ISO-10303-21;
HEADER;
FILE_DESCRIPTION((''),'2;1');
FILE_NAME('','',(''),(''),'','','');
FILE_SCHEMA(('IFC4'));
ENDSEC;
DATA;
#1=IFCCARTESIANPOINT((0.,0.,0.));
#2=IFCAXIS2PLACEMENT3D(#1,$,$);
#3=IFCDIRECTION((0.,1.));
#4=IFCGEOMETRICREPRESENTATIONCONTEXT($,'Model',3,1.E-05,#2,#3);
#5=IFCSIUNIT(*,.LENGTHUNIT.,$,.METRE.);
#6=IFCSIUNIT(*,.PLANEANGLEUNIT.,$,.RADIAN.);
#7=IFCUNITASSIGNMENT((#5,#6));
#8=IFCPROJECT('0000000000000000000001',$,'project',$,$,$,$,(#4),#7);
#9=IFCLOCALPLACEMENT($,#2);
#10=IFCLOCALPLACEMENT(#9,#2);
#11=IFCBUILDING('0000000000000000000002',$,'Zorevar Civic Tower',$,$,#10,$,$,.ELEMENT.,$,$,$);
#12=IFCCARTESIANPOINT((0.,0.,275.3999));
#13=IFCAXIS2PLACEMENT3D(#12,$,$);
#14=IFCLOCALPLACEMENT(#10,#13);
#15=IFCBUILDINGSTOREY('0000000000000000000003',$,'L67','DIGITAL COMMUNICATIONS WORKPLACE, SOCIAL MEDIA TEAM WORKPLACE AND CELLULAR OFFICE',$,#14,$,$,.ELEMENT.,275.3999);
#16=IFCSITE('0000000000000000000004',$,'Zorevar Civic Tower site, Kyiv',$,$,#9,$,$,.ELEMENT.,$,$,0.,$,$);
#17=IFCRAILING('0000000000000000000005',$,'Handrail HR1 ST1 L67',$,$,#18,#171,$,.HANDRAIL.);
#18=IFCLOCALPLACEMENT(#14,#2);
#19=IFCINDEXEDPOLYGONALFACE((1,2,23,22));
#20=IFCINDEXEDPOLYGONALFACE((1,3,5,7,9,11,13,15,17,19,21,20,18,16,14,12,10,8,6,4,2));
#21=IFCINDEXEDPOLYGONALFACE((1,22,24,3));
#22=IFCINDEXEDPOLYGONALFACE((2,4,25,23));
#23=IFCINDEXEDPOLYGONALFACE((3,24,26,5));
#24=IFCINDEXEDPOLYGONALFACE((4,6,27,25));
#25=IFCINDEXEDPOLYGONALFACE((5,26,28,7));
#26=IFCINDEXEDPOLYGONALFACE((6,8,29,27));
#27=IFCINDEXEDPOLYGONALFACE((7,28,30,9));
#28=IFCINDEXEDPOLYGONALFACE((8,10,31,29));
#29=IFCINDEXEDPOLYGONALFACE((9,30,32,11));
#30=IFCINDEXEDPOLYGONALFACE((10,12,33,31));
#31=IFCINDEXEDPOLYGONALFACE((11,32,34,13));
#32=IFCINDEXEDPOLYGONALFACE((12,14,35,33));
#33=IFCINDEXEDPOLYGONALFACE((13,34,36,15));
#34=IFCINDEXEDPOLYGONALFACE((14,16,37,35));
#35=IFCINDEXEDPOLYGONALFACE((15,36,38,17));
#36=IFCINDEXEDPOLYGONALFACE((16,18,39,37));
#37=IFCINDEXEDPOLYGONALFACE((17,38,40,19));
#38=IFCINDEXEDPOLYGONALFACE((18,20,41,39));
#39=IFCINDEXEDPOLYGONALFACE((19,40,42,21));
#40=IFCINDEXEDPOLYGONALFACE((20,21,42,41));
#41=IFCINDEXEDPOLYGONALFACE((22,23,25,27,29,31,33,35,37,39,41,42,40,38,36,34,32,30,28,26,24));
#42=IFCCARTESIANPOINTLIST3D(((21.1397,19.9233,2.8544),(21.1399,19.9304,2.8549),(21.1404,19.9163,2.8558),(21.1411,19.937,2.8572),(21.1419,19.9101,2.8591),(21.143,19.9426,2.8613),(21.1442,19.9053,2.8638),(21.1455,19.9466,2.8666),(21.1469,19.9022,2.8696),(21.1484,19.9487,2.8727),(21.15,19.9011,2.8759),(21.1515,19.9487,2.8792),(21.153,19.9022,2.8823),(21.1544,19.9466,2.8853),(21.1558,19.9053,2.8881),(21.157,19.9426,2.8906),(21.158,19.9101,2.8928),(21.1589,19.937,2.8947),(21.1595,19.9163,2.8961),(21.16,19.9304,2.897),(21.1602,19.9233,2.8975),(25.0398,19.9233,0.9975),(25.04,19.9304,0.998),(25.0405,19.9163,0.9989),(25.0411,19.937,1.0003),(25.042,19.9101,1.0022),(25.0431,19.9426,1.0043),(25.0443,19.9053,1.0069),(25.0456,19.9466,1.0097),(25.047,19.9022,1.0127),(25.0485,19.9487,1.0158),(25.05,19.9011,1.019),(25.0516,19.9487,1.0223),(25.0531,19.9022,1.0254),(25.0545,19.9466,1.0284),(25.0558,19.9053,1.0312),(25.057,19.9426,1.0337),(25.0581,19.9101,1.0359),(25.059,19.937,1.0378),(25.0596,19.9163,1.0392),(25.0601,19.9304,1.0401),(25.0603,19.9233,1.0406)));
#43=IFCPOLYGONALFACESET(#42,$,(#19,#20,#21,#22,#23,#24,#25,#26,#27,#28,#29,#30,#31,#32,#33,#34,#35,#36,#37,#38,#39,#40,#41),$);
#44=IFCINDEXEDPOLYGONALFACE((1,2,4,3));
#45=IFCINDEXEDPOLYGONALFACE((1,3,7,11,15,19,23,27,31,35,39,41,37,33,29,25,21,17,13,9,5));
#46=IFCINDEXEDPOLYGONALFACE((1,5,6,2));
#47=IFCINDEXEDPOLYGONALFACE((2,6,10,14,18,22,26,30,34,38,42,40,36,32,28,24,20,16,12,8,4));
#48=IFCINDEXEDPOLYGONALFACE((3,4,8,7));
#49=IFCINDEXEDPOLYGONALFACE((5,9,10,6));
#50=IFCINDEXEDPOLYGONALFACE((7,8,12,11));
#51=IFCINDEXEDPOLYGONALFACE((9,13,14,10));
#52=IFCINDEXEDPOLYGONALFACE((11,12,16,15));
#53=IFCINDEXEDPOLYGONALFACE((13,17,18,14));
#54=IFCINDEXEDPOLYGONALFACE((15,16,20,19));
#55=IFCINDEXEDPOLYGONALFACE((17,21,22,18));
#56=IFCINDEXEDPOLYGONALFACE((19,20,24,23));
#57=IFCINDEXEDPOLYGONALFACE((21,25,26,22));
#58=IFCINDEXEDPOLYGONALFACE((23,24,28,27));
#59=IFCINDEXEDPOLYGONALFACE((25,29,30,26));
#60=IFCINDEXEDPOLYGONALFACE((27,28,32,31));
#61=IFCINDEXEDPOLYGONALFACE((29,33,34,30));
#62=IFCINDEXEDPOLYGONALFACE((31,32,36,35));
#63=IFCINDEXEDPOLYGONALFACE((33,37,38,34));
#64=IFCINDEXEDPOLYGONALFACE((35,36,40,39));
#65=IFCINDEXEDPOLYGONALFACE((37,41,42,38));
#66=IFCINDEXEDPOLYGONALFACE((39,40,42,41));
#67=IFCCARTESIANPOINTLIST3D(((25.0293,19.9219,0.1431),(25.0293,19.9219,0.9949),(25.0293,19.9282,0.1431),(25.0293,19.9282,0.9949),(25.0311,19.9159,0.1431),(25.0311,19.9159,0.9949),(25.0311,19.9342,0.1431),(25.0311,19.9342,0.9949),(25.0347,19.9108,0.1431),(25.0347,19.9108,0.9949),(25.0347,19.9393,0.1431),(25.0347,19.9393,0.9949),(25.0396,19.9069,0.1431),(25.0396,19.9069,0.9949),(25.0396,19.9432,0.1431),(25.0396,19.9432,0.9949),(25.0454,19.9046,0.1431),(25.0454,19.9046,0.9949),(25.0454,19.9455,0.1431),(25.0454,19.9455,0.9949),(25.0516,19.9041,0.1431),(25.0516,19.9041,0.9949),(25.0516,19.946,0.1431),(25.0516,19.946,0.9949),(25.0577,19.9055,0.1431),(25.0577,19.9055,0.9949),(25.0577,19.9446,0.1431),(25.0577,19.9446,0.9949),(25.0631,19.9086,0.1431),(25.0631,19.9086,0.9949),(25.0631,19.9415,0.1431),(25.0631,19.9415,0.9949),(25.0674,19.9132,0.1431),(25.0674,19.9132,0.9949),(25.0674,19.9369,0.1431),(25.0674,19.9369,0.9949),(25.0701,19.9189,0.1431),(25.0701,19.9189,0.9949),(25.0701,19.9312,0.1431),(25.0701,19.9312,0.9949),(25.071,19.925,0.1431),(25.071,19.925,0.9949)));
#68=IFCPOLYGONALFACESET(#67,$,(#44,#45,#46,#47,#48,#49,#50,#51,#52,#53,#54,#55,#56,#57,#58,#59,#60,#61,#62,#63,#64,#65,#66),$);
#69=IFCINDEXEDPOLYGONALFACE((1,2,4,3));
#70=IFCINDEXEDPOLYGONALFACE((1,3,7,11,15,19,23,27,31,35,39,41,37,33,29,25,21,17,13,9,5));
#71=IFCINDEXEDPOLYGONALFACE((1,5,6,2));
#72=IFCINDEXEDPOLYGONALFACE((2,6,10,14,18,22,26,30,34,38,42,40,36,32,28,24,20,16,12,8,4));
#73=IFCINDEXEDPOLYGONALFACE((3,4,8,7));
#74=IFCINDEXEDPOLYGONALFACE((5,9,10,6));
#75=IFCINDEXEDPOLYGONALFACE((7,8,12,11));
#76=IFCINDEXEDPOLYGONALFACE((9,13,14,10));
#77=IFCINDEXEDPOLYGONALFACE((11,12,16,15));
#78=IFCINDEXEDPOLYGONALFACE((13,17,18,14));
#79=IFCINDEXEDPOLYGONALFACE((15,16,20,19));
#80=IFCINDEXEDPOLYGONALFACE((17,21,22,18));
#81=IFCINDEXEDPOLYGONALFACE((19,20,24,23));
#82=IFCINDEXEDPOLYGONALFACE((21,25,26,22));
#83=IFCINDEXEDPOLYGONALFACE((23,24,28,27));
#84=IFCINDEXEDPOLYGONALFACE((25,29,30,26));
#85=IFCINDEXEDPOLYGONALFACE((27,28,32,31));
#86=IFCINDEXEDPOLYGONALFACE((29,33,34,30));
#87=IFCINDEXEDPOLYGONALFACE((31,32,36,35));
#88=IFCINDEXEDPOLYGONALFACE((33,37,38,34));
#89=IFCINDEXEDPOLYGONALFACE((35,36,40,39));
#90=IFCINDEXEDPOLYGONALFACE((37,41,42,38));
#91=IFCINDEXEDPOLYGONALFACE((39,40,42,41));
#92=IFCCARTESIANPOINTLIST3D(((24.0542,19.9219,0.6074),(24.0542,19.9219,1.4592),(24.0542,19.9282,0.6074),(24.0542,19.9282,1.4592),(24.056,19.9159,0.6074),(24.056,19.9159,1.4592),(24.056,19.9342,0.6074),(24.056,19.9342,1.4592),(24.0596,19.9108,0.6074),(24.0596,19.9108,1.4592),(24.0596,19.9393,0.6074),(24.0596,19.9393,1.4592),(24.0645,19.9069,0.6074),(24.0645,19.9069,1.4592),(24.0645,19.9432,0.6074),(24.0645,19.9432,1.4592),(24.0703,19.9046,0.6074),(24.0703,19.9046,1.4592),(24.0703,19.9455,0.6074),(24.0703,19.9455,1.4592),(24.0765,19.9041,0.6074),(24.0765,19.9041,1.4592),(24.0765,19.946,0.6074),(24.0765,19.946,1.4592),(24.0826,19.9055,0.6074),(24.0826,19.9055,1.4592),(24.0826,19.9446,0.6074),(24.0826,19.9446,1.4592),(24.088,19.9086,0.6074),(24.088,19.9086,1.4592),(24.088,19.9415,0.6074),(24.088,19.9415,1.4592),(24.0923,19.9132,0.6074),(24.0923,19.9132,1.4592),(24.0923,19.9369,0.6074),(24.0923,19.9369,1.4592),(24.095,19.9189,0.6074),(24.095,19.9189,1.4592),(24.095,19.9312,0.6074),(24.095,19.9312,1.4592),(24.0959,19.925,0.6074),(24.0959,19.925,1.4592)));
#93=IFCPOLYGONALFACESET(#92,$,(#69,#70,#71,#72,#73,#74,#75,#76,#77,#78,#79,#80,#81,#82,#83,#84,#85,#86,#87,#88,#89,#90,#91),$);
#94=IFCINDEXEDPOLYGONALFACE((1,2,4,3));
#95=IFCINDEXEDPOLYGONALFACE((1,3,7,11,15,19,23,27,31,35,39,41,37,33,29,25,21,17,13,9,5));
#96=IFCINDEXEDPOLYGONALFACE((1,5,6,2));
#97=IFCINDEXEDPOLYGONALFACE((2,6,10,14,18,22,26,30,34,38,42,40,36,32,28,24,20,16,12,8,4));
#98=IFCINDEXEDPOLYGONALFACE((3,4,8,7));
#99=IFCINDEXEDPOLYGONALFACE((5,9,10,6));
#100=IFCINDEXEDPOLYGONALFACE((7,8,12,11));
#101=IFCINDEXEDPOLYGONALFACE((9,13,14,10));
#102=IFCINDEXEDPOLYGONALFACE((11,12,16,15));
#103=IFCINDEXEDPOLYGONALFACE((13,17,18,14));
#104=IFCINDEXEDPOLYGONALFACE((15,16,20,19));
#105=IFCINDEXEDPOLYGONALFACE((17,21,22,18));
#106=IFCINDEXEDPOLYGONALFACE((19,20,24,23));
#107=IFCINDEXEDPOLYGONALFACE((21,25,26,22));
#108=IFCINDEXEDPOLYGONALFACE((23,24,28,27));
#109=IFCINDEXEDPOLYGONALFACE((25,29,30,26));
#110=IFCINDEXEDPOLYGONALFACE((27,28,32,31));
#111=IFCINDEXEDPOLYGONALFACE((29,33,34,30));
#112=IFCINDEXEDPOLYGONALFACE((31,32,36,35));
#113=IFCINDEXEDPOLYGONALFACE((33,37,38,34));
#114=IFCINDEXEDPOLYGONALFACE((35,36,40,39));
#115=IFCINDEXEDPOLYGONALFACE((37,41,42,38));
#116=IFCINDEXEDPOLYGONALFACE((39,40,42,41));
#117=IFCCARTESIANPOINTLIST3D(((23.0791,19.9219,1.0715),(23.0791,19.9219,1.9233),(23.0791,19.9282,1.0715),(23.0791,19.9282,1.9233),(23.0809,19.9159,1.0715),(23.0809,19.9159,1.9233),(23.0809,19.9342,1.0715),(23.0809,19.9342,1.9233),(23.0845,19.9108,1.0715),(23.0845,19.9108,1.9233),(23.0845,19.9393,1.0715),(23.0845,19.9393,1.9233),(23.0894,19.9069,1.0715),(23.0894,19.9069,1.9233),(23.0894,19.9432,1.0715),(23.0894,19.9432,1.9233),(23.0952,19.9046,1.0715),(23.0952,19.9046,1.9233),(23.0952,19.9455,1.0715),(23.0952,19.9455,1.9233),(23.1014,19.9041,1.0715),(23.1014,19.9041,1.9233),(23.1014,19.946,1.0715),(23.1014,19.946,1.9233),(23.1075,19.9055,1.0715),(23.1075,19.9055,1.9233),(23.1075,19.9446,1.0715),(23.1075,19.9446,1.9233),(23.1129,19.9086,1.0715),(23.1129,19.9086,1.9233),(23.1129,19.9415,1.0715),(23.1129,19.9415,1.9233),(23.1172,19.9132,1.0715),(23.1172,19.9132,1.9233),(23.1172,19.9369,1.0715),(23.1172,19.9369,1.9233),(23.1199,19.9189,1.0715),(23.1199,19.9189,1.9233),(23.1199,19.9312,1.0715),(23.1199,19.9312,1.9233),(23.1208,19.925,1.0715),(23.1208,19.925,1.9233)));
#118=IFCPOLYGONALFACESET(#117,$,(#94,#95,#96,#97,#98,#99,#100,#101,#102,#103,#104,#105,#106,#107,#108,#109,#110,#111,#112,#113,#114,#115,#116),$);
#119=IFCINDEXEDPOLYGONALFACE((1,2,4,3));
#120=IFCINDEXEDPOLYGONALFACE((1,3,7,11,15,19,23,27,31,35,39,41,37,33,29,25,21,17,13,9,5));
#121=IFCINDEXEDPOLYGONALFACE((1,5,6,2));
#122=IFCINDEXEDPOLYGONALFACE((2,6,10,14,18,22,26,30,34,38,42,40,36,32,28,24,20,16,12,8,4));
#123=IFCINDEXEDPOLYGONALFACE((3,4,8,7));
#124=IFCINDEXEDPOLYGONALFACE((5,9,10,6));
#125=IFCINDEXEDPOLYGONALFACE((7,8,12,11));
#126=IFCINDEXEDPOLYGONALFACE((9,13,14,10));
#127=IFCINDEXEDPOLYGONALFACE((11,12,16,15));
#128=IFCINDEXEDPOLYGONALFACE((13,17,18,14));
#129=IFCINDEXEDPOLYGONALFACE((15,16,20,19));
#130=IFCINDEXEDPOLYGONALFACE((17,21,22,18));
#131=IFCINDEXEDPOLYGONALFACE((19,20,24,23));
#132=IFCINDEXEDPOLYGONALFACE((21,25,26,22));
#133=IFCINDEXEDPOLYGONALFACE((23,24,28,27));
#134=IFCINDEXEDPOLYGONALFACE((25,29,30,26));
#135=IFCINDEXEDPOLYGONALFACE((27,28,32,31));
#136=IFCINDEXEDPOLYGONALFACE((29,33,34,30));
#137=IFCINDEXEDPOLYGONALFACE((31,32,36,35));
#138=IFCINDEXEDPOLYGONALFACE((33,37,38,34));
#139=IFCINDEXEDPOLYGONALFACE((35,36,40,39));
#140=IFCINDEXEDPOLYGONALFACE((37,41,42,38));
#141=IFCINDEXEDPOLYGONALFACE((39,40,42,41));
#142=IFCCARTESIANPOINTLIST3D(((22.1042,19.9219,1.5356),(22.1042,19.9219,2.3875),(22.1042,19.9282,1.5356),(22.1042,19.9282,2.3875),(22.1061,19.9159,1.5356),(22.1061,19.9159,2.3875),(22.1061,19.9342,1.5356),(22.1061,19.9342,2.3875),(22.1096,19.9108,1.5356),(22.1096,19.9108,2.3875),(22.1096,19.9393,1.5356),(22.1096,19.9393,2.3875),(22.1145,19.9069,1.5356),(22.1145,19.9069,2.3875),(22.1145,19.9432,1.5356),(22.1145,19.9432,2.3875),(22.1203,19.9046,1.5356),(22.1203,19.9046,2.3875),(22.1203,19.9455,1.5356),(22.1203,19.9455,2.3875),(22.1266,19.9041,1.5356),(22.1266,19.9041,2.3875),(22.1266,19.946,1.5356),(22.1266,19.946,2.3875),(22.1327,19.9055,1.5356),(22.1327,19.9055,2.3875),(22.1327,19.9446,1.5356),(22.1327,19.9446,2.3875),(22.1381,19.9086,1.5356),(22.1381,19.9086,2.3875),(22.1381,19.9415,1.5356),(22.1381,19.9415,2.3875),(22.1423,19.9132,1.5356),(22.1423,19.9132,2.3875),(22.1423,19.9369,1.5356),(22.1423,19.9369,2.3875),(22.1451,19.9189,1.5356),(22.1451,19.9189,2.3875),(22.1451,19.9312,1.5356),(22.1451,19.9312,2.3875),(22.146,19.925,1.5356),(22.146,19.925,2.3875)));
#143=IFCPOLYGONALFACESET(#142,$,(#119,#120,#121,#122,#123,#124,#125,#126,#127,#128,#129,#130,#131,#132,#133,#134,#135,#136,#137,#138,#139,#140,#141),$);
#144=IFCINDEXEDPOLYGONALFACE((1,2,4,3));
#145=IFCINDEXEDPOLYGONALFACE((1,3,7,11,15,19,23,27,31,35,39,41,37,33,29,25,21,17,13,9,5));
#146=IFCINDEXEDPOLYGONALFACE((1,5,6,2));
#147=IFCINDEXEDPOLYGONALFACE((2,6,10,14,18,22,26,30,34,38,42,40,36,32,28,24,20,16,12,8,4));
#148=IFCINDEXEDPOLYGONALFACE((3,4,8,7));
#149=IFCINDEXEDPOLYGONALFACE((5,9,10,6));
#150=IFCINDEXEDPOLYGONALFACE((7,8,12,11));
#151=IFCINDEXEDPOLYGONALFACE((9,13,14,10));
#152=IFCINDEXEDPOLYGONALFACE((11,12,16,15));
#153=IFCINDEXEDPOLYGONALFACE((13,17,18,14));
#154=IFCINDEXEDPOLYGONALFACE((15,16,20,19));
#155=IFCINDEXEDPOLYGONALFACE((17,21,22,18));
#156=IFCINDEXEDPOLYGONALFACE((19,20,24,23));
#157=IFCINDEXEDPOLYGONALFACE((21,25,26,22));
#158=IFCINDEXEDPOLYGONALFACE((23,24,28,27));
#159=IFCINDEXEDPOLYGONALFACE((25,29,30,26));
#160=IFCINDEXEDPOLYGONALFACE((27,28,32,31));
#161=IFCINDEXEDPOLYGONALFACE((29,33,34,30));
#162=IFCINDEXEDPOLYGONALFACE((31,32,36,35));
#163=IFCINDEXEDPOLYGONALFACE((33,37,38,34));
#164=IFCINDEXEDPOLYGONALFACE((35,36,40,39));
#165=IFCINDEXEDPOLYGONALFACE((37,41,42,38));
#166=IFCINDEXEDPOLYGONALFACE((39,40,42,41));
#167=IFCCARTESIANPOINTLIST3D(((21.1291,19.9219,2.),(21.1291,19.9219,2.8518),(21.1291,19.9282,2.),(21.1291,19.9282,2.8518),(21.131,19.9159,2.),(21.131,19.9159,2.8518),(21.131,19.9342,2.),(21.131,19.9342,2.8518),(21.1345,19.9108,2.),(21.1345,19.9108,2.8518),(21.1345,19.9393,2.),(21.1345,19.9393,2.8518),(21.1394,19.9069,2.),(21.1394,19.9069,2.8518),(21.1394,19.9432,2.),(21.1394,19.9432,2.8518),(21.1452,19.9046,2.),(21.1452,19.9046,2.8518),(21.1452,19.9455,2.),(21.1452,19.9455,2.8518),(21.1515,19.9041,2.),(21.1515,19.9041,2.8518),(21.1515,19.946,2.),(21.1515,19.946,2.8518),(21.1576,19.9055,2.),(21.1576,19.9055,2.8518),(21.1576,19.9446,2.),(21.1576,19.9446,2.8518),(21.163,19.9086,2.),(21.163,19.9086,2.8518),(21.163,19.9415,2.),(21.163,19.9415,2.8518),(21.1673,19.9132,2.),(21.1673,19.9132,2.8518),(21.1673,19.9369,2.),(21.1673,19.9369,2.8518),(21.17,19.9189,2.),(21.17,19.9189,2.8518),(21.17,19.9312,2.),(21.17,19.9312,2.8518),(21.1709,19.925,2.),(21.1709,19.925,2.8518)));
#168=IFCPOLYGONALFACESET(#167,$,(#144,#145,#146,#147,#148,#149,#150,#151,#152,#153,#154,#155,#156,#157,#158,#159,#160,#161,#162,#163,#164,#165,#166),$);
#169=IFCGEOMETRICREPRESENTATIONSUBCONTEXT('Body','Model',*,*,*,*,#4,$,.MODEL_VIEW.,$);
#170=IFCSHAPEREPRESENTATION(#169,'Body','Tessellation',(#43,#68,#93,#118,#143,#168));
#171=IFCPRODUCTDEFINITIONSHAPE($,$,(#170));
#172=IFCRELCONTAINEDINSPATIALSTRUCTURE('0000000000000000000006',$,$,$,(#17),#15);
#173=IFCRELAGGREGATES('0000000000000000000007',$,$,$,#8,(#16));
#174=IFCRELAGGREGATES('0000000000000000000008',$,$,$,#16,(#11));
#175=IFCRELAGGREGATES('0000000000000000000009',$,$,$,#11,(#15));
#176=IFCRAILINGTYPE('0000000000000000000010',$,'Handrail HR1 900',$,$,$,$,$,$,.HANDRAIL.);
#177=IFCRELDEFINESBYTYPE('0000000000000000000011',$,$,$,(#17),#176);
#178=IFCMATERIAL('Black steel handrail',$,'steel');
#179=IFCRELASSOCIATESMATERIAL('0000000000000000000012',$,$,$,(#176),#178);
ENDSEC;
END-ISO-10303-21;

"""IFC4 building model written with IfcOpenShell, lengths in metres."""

from ifc_helpers import new_model, si_unit, direction, frame, origin, origin_2d, place, context, subcontext, project, spatial, circle, extrude, material, type_object, element, save


model = new_model("IFC4")

# Units and contexts
model_context = context("Model", 3, precision=1e-05, world=origin(), true_north=direction((0.0, 1.0)))
body_context = subcontext(model_context, "Body", "Model", "MODEL_VIEW")
ifc_project = project(units=[si_unit("LENGTHUNIT", "METRE"), si_unit("PLANEANGLEUNIT", "RADIAN")], contexts=[model_context])

# Site, building, storey
site_placement = place(None, origin())
site = spatial("IfcSite", under=ifc_project, at=site_placement, Name="Zorevar Civic Tower site, Kyiv", CompositionType="ELEMENT", RefElevation=0.0)
building_placement = place(site_placement, origin())
building = spatial("IfcBuilding", under=site, at=building_placement, Name="Zorevar Civic Tower", CompositionType="ELEMENT")
storey_placement = place(building_placement, frame((0.0, 0.0, 275.3999)))
storey = spatial("IfcBuildingStorey", under=building, at=storey_placement, Name="L67", Description="DIGITAL COMMUNICATIONS WORKPLACE, SOCIAL MEDIA TEAM WORKPLACE AND CELLULAR OFFICE", CompositionType="ELEMENT", Elevation=275.3999)

# Railing
ifc_material_1 = material(Name="Black steel handrail", Category="steel")
railing_type = type_object("IfcRailingType", Name="Handrail HR1 900", PredefinedType="HANDRAIL", material=ifc_material_1)
railing_1_placement = place(storey_placement, frame((25.05, 19.925, 0.1431)))
element("IfcRailing", 1, at=railing_1_placement, inside=storey, type_object=railing_type, Name="Handrail HR1 ST1 L67", PredefinedType="HANDRAIL", context=body_context, shape_type="SweptSolid", body=[
    extrude(circle(Radius=0.0239, at=origin_2d()), frame((0.0, 0.0, 0.876), z_axis=(-0.902886, 0.0, 0.429881), x_axis=(0.0, -1.0, 0.0)), (0.0, 0.0, 1.0), 4.3196),
    extrude(circle(Radius=0.021, at=origin_2d()), origin(), (0.0, 0.0, 1.0), 0.8518),
    extrude(circle(Radius=0.021, at=origin_2d()), frame((-0.9751, 0.0, 0.4644)), (0.0, 0.0, 1.0), 0.8518),
    extrude(circle(Radius=0.021, at=origin_2d()), frame((-1.9502, 0.0, 0.9285)), (0.0, 0.0, 1.0), 0.8518),
    extrude(circle(Radius=0.021, at=origin_2d()), frame((-2.925, 0.0, 1.3926)), (0.0, 0.0, 1.0), 0.8518),
    extrude(circle(Radius=0.021, at=origin_2d()), frame((-3.9001, 0.0, 1.8569)), (0.0, 0.0, 1.0), 0.8518),
])

save(model, "model.ifc")
